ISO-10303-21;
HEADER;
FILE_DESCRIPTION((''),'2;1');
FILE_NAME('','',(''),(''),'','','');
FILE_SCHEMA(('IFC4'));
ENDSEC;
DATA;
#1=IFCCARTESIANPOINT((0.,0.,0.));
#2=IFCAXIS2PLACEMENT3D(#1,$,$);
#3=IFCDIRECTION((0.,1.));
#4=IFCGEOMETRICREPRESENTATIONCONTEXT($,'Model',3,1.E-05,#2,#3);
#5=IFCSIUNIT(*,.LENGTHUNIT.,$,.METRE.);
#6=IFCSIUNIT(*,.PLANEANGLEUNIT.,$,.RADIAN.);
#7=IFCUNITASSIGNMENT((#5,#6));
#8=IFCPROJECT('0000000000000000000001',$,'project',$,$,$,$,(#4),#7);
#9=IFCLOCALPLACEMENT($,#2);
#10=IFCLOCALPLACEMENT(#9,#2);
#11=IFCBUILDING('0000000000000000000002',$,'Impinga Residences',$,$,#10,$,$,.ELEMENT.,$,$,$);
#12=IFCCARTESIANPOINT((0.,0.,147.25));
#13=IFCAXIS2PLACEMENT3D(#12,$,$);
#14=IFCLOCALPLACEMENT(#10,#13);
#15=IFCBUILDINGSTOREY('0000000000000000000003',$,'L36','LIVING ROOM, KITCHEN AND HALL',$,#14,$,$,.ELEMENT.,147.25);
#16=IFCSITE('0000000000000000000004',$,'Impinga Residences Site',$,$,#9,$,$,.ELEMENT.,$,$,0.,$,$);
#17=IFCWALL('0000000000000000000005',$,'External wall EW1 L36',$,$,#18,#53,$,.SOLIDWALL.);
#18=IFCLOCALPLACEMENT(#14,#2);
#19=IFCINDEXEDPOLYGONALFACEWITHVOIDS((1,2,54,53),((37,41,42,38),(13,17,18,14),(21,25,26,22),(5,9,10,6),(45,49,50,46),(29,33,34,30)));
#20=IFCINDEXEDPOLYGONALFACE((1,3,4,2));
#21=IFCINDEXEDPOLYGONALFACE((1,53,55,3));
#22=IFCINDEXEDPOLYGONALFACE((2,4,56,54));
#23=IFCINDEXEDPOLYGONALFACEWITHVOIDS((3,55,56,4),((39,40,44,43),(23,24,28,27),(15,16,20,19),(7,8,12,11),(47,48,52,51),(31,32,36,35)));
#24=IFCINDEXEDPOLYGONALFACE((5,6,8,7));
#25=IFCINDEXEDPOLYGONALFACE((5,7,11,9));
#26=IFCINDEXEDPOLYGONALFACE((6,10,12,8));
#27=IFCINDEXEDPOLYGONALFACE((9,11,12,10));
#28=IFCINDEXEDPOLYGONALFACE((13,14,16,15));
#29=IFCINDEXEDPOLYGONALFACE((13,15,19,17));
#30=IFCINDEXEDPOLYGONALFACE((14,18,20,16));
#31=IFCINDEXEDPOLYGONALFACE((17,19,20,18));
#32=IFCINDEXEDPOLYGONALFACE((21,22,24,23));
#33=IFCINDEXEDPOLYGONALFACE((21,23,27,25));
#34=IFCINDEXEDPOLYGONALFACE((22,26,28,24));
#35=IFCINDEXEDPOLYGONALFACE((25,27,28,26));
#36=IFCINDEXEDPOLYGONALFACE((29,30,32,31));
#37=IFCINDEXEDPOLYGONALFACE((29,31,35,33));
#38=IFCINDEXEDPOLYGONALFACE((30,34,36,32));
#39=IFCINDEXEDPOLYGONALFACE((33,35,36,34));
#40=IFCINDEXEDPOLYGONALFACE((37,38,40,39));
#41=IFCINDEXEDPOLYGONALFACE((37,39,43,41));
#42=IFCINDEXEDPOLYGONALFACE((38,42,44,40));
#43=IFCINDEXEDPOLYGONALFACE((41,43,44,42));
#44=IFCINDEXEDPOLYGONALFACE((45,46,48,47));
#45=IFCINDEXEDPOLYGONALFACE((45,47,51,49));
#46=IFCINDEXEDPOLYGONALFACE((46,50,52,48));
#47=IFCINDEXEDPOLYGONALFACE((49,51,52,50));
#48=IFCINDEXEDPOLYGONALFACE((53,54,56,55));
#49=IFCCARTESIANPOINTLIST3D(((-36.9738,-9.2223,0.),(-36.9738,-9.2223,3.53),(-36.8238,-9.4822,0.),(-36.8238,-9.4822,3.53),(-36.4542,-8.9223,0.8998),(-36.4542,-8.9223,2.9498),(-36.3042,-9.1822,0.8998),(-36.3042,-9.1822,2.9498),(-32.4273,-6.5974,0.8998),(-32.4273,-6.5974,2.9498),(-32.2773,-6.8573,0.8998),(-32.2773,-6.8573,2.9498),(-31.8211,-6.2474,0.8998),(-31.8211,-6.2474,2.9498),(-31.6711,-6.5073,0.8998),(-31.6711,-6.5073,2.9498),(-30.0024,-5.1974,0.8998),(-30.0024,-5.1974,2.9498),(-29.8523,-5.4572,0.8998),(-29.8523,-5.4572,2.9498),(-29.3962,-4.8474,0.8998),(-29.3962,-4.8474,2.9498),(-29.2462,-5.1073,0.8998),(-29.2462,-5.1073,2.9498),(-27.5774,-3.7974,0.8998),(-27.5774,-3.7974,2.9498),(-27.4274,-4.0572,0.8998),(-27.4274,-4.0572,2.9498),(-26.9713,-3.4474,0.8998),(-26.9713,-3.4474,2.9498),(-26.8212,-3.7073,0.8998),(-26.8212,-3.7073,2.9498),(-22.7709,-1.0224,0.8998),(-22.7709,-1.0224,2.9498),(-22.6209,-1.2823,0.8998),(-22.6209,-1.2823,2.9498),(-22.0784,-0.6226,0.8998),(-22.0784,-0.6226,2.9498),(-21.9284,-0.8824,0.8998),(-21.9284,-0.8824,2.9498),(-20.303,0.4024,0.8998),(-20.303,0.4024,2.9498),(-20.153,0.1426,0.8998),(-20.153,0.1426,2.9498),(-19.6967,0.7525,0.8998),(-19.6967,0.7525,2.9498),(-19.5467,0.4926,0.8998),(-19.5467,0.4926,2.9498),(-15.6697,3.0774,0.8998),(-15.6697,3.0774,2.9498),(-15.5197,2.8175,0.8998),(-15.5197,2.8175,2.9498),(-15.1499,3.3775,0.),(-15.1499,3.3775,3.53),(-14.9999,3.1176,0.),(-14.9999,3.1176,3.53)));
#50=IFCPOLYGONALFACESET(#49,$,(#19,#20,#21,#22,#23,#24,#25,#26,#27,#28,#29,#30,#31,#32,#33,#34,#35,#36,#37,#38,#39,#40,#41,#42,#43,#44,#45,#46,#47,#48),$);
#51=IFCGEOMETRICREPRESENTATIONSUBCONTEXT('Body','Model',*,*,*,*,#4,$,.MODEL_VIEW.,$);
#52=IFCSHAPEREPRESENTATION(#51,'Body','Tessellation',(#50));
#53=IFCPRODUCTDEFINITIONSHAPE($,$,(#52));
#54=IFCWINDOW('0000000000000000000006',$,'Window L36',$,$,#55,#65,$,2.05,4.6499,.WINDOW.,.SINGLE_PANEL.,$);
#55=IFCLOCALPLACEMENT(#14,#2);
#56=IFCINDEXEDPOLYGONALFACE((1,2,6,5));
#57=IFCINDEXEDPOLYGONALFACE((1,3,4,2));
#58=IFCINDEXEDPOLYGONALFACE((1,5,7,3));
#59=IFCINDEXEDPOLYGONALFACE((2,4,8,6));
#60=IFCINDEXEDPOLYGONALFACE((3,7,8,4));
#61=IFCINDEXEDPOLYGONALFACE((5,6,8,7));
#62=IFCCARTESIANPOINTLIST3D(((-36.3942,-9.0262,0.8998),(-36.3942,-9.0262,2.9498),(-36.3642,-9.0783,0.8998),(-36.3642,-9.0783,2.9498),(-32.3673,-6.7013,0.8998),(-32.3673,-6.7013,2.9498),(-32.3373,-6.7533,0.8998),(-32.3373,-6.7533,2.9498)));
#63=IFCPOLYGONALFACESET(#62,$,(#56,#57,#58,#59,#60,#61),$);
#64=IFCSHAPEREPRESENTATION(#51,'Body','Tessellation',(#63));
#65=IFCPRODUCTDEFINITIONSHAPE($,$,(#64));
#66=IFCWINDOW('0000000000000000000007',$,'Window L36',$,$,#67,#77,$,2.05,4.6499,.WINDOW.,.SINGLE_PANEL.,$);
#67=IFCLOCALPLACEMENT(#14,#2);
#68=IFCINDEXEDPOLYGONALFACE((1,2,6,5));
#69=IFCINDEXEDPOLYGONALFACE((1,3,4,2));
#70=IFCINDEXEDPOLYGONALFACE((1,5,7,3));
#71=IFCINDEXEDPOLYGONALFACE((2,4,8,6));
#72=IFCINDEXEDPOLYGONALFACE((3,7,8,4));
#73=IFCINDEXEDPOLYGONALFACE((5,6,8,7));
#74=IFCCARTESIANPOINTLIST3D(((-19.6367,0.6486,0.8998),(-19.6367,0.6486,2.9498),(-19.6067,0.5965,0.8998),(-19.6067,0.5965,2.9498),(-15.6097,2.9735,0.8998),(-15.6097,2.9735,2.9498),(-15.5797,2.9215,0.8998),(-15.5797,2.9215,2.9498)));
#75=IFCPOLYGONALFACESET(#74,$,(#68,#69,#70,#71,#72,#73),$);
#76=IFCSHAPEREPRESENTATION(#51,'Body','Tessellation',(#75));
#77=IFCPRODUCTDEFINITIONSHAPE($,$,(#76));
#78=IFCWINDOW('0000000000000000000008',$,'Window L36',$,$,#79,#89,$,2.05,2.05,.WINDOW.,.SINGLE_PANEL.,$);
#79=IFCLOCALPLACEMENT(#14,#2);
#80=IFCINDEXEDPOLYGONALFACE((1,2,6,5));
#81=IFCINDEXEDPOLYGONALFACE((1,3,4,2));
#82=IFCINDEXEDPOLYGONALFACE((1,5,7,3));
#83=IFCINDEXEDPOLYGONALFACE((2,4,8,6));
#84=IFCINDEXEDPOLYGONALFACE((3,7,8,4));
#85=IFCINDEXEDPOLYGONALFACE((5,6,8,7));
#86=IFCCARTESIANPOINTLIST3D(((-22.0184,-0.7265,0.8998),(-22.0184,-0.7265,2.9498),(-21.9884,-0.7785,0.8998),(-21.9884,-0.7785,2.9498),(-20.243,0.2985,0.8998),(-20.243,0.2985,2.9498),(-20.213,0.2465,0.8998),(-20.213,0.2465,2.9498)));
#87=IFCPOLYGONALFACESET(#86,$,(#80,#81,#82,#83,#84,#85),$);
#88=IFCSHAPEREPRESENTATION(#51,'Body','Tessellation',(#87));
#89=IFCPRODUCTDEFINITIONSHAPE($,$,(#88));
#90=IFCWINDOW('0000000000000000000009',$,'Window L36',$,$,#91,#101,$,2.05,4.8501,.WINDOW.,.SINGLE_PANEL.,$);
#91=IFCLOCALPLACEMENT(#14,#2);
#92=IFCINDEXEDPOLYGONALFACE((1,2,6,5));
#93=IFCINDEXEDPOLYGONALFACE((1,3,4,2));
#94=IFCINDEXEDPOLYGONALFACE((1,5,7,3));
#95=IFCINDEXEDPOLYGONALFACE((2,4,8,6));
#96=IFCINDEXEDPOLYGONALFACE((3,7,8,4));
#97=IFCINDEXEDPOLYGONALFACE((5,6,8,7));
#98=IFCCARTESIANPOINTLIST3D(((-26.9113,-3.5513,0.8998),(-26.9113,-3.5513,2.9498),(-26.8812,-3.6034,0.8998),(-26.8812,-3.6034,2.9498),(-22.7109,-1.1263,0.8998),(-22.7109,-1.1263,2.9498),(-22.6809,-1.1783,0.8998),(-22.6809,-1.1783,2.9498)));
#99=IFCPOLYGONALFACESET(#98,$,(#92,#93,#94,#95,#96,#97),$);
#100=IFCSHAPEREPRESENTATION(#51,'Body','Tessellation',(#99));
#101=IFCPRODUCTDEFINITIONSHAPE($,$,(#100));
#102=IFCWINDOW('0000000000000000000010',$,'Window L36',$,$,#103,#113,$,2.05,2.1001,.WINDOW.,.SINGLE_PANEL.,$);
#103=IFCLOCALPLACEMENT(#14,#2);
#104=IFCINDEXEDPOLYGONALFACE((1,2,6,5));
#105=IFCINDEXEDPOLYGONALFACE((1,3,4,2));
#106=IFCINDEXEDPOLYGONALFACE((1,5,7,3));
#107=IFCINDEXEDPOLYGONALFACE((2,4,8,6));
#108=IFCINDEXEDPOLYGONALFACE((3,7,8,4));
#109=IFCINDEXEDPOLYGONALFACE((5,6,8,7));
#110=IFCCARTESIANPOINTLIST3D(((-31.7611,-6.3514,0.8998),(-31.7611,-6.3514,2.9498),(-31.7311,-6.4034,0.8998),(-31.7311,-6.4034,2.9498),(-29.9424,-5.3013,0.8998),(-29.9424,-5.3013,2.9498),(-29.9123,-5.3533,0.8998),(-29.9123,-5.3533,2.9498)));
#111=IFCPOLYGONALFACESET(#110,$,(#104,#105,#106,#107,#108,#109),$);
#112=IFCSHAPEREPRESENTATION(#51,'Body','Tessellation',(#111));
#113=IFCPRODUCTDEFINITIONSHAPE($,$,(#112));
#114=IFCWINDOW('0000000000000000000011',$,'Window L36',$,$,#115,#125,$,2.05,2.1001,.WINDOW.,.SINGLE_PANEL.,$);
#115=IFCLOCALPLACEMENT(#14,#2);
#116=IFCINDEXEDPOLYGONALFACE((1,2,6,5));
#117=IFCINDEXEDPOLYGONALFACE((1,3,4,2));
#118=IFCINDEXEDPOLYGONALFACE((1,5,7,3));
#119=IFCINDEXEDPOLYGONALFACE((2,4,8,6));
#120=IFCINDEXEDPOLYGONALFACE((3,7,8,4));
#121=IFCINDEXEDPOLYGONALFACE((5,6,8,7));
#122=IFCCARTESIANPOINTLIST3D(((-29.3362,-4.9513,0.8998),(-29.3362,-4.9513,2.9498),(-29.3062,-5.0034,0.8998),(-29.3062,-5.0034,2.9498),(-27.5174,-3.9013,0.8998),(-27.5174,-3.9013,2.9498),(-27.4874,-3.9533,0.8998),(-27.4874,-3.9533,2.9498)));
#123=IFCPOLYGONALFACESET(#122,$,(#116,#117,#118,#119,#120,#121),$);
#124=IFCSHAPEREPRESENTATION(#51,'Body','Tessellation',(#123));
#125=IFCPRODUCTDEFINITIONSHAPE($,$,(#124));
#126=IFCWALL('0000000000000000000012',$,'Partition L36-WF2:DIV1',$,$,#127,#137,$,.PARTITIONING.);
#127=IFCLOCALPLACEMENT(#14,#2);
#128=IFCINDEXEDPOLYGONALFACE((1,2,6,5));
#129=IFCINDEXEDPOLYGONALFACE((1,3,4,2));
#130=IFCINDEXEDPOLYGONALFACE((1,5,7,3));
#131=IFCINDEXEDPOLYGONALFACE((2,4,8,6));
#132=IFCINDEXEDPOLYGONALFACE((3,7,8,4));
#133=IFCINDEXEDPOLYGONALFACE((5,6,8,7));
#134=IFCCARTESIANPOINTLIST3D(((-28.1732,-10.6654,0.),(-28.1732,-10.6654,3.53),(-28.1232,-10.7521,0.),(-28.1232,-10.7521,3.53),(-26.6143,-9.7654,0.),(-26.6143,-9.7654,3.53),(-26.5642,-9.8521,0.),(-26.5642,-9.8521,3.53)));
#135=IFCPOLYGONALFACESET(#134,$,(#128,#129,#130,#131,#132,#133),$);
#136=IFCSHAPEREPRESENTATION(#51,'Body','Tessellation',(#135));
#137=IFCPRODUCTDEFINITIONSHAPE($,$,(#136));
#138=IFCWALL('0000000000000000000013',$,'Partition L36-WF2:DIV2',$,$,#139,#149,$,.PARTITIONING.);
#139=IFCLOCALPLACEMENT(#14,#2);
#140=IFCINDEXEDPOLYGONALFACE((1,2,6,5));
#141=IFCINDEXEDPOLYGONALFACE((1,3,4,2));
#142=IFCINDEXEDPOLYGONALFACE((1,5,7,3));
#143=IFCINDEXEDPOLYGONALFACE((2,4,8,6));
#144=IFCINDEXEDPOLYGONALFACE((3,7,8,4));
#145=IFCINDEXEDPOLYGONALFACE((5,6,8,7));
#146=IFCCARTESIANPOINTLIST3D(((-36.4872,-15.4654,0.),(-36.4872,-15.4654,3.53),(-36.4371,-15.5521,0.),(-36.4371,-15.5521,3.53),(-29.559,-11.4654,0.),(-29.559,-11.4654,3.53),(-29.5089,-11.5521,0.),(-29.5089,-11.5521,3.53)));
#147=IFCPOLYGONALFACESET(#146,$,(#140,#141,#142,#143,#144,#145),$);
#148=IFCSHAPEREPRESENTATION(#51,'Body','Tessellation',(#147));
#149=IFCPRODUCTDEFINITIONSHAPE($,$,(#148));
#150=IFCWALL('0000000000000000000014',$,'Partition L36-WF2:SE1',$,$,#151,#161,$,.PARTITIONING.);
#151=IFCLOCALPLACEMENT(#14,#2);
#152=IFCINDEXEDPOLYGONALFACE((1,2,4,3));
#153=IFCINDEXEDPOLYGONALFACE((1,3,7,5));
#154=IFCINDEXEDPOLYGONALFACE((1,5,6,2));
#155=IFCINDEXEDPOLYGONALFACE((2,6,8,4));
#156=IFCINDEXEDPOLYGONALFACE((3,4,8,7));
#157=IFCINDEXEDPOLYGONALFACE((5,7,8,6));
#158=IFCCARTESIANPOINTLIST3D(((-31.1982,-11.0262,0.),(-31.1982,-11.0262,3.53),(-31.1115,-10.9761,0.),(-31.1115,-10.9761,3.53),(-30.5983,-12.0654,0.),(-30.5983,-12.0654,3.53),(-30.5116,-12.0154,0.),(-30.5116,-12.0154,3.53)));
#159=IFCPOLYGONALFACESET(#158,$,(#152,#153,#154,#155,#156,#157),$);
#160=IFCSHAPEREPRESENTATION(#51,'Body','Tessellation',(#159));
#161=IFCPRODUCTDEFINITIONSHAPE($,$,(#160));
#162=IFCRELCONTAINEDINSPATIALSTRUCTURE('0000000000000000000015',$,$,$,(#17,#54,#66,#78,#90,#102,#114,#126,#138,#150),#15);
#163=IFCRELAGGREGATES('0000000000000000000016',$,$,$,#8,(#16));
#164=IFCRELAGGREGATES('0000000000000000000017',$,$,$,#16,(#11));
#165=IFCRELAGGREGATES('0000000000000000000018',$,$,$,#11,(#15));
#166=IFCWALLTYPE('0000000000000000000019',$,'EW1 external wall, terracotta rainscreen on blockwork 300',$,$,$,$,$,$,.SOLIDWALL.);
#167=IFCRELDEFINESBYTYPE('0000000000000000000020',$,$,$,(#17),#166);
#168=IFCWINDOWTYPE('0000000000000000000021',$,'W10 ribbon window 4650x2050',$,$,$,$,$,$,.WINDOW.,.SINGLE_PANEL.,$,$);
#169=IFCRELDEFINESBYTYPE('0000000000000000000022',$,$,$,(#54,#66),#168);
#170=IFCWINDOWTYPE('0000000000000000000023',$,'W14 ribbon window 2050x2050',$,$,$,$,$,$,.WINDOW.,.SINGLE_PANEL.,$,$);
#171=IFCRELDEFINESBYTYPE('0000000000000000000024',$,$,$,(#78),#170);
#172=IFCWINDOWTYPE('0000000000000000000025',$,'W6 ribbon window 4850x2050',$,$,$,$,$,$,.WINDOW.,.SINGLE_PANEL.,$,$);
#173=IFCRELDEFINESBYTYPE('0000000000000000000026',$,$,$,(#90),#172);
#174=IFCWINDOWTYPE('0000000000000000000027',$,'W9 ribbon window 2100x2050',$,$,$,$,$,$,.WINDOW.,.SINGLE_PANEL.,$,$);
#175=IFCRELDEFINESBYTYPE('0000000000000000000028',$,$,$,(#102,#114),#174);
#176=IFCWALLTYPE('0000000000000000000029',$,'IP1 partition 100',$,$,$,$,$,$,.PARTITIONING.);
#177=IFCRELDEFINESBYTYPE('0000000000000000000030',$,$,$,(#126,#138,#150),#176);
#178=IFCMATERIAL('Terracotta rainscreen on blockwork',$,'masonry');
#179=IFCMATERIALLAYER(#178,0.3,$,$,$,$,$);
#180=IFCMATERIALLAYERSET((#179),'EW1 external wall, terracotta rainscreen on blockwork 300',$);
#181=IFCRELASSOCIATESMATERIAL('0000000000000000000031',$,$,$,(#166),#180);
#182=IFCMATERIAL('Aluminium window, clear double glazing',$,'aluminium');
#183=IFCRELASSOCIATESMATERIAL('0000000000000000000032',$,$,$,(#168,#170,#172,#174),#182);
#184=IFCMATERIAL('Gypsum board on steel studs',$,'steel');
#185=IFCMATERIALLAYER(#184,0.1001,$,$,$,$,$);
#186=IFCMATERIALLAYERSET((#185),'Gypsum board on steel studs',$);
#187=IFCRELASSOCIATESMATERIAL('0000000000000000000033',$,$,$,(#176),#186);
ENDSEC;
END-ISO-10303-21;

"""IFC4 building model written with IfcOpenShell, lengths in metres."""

from ifc_helpers import new_model, si_unit, direction, frame, frame_2d, origin, place, context, subcontext, project, spatial, rectangle, extrude, material, layer, layer_set, type_object, element, fill, save


model = new_model("IFC4")

# Units and contexts
model_context = context("Model", 3, precision=1e-05, world=origin(), true_north=direction((0.0, 1.0)))
body_context = subcontext(model_context, "Body", "Model", "MODEL_VIEW")
ifc_project = project(units=[si_unit("LENGTHUNIT", "METRE"), si_unit("PLANEANGLEUNIT", "RADIAN")], contexts=[model_context])

# Site, building, storey
site_placement = place(None, origin())
site = spatial("IfcSite", under=ifc_project, at=site_placement, Name="Impinga Residences Site", CompositionType="ELEMENT", RefElevation=0.0)
building_placement = place(site_placement, origin())
building = spatial("IfcBuilding", under=site, at=building_placement, Name="Impinga Residences", CompositionType="ELEMENT")
storey_placement = place(building_placement, frame((0.0, 0.0, 147.25)))
storey = spatial("IfcBuildingStorey", under=building, at=storey_placement, Name="L36", Description="LIVING ROOM, KITCHEN AND HALL", CompositionType="ELEMENT", Elevation=147.25)

# Shared definitions
ifc_material_1 = material(Name="Terracotta rainscreen on blockwork", Category="masonry")
ifc_layer_1 = layer(ifc_material_1, 0.3)
ifc_layer_set_1 = layer_set([ifc_layer_1], Name="EW1 external wall, terracotta rainscreen on blockwork 300")
wall_type_1 = type_object("IfcWallType", Name="EW1 external wall, terracotta rainscreen on blockwork 300", PredefinedType="SOLIDWALL", material=ifc_layer_set_1)

# Wall, openings, windows
wall_1_placement = place(storey_placement, frame((-36.8989, -9.3523, 0.0), z_axis=(0.0, 0.0, 1.0), x_axis=(0.866029, 0.499993, 0.0)))
wall_1 = element("IfcWall", 1, at=wall_1_placement, inside=storey, type_object=wall_type_1, Name="External wall EW1 L36", PredefinedType="SOLIDWALL", context=body_context, shape_type="SweptSolid", body=[
    extrude(rectangle(XDim=25.2, YDim=0.3, at=frame_2d((12.6001, 0.0))), origin(), (0.0, 0.0, 1.0), 3.53),
])
opening_1_placement = place(wall_1_placement, frame((0.6001, 0.0, 0.8999)))
opening_1 = element("IfcOpeningElement", 2, at=opening_1_placement, cuts=wall_1, PredefinedType="OPENING", context=body_context, shape_type="SweptSolid", body=[
    extrude(rectangle(XDim=4.6499, YDim=2.05, at=frame_2d((2.325, 1.0249))), frame((0.0, 0.1599, 0.0), z_axis=(0.0, -1.0, 0.0), x_axis=(1.0, 0.0, 0.0)), (0.0, 0.0, 1.0), 0.3201),
])
opening_2_placement = place(wall_1_placement, frame((5.95, 0.0, 0.8999)))
opening_2 = element("IfcOpeningElement", 3, at=opening_2_placement, cuts=wall_1, PredefinedType="OPENING", context=body_context, shape_type="SweptSolid", body=[
    extrude(rectangle(XDim=2.1001, YDim=2.05, at=frame_2d((1.05, 1.0249))), frame((0.0, 0.1599, 0.0), z_axis=(0.0, -1.0, 0.0), x_axis=(1.0, 0.0, 0.0)), (0.0, 0.0, 1.0), 0.3201),
])
opening_3_placement = place(wall_1_placement, frame((8.75, 0.0, 0.8999)))
opening_3 = element("IfcOpeningElement", 4, at=opening_3_placement, cuts=wall_1, PredefinedType="OPENING", context=body_context, shape_type="SweptSolid", body=[
    extrude(rectangle(XDim=2.1001, YDim=2.05, at=frame_2d((1.05, 1.0249))), frame((0.0, 0.1599, 0.0), z_axis=(0.0, -1.0, 0.0), x_axis=(1.0, 0.0, 0.0)), (0.0, 0.0, 1.0), 0.3201),
])
opening_4_placement = place(wall_1_placement, frame((11.55, 0.0, 0.8999)))
opening_4 = element("IfcOpeningElement", 5, at=opening_4_placement, cuts=wall_1, PredefinedType="OPENING", context=body_context, shape_type="SweptSolid", body=[
    extrude(rectangle(XDim=4.8501, YDim=2.05, at=frame_2d((2.425, 1.0249))), frame((0.0, 0.1599, 0.0), z_axis=(0.0, -1.0, 0.0), x_axis=(1.0, 0.0, 0.0)), (0.0, 0.0, 1.0), 0.3201),
])
opening_5_placement = place(wall_1_placement, frame((17.2, 0.0, 0.8999)))
opening_5 = element("IfcOpeningElement", 6, at=opening_5_placement, cuts=wall_1, PredefinedType="OPENING", context=body_context, shape_type="SweptSolid", body=[
    extrude(rectangle(XDim=2.05, YDim=2.05, at=frame_2d((1.0249, 1.0249))), frame((0.0, 0.1599, 0.0), z_axis=(0.0, -1.0, 0.0), x_axis=(1.0, 0.0, 0.0)), (0.0, 0.0, 1.0), 0.3201),
])
opening_6_placement = place(wall_1_placement, frame((19.95, 0.0, 0.8999)))
opening_6 = element("IfcOpeningElement", 7, at=opening_6_placement, cuts=wall_1, PredefinedType="OPENING", context=body_context, shape_type="SweptSolid", body=[
    extrude(rectangle(XDim=4.6499, YDim=2.05, at=frame_2d((2.325, 1.0249))), frame((0.0, 0.1599, 0.0), z_axis=(0.0, -1.0, 0.0), x_axis=(1.0, 0.0, 0.0)), (0.0, 0.0, 1.0), 0.3201),
])
ifc_material_2 = material(Name="Aluminium window, clear double glazing", Category="aluminium")
window_type_1 = type_object("IfcWindowType", Name="W10 ribbon window 4650x2050", PartitioningType="SINGLE_PANEL", PredefinedType="WINDOW", material=ifc_material_2)
window_1_placement = place(opening_1_placement, origin())
window_1 = element("IfcWindow", 8, at=window_1_placement, inside=storey, type_object=window_type_1, Name="Window L36", OverallHeight=2.05, OverallWidth=4.6499, PartitioningType="SINGLE_PANEL", PredefinedType="WINDOW", context=body_context, shape_type="SweptSolid", body=[
    extrude(rectangle(XDim=4.6499, YDim=2.05, at=frame_2d((2.325, 1.0249))), frame((0.0, 0.03, 0.0), z_axis=(0.0, -1.0, 0.0), x_axis=(1.0, 0.0, 0.0)), (0.0, 0.0, 1.0), 0.0601),
])
fill(opening_1, window_1)
window_2_placement = place(opening_6_placement, origin())
window_2 = element("IfcWindow", 9, at=window_2_placement, inside=storey, type_object=window_type_1, Name="Window L36", OverallHeight=2.05, OverallWidth=4.6499, PartitioningType="SINGLE_PANEL", PredefinedType="WINDOW", context=body_context, shape_type="SweptSolid", body=[
    extrude(rectangle(XDim=4.6499, YDim=2.05, at=frame_2d((2.325, 1.0249))), frame((0.0, 0.03, 0.0), z_axis=(0.0, -1.0, 0.0), x_axis=(1.0, 0.0, 0.0)), (0.0, 0.0, 1.0), 0.0601),
])
fill(opening_6, window_2)
window_type_2 = type_object("IfcWindowType", Name="W14 ribbon window 2050x2050", PartitioningType="SINGLE_PANEL", PredefinedType="WINDOW", material=ifc_material_2)
window_3_placement = place(opening_5_placement, origin())
window_3 = element("IfcWindow", 10, at=window_3_placement, inside=storey, type_object=window_type_2, Name="Window L36", OverallHeight=2.05, OverallWidth=2.05, PartitioningType="SINGLE_PANEL", PredefinedType="WINDOW", context=body_context, shape_type="SweptSolid", body=[
    extrude(rectangle(XDim=2.05, YDim=2.05, at=frame_2d((1.0249, 1.0249))), frame((0.0, 0.03, 0.0), z_axis=(0.0, -1.0, 0.0), x_axis=(1.0, 0.0, 0.0)), (0.0, 0.0, 1.0), 0.0601),
])
fill(opening_5, window_3)
window_type_3 = type_object("IfcWindowType", Name="W6 ribbon window 4850x2050", PartitioningType="SINGLE_PANEL", PredefinedType="WINDOW", material=ifc_material_2)
window_4_placement = place(opening_4_placement, origin())
window_4 = element("IfcWindow", 11, at=window_4_placement, inside=storey, type_object=window_type_3, Name="Window L36", OverallHeight=2.05, OverallWidth=4.8501, PartitioningType="SINGLE_PANEL", PredefinedType="WINDOW", context=body_context, shape_type="SweptSolid", body=[
    extrude(rectangle(XDim=4.8501, YDim=2.05, at=frame_2d((2.425, 1.0249))), frame((0.0, 0.03, 0.0), z_axis=(0.0, -1.0, 0.0), x_axis=(1.0, 0.0, 0.0)), (0.0, 0.0, 1.0), 0.0601),
])
fill(opening_4, window_4)
window_type_4 = type_object("IfcWindowType", Name="W9 ribbon window 2100x2050", PartitioningType="SINGLE_PANEL", PredefinedType="WINDOW", material=ifc_material_2)
window_5_placement = place(opening_2_placement, origin())
window_5 = element("IfcWindow", 12, at=window_5_placement, inside=storey, type_object=window_type_4, Name="Window L36", OverallHeight=2.05, OverallWidth=2.1001, PartitioningType="SINGLE_PANEL", PredefinedType="WINDOW", context=body_context, shape_type="SweptSolid", body=[
    extrude(rectangle(XDim=2.1001, YDim=2.05, at=frame_2d((1.05, 1.0249))), frame((0.0, 0.03, 0.0), z_axis=(0.0, -1.0, 0.0), x_axis=(1.0, 0.0, 0.0)), (0.0, 0.0, 1.0), 0.0601),
])
fill(opening_2, window_5)
window_6_placement = place(opening_3_placement, origin())
window_6 = element("IfcWindow", 13, at=window_6_placement, inside=storey, type_object=window_type_4, Name="Window L36", OverallHeight=2.05, OverallWidth=2.1001, PartitioningType="SINGLE_PANEL", PredefinedType="WINDOW", context=body_context, shape_type="SweptSolid", body=[
    extrude(rectangle(XDim=2.1001, YDim=2.05, at=frame_2d((1.05, 1.0249))), frame((0.0, 0.03, 0.0), z_axis=(0.0, -1.0, 0.0), x_axis=(1.0, 0.0, 0.0)), (0.0, 0.0, 1.0), 0.0601),
])
fill(opening_3, window_6)

# Walls
ifc_material_3 = material(Name="Gypsum board on steel studs", Category="steel")
ifc_layer_2 = layer(ifc_material_3, 0.1001)
ifc_layer_set_2 = layer_set([ifc_layer_2], Name="Gypsum board on steel studs")
wall_type_2 = type_object("IfcWallType", Name="IP1 partition 100", PredefinedType="PARTITIONING", material=ifc_layer_set_2)
wall_2_placement = place(storey_placement, frame((-26.5894, -9.8088, 0.0), z_axis=(0.0, 0.0, 1.0), x_axis=(-0.866048, -0.499961, 0.0)))
element("IfcWall", 14, at=wall_2_placement, inside=storey, type_object=wall_type_2, Name="Partition L36-WF2:DIV1", PredefinedType="PARTITIONING", context=body_context, shape_type="SweptSolid", body=[
    extrude(rectangle(XDim=1.8, YDim=0.1001, at=frame_2d((0.8999, 0.0))), origin(), (0.0, 0.0, 1.0), 3.53),
])
wall_3_placement = place(storey_placement, frame((-29.5339, -11.5088, 0.0), z_axis=(0.0, 0.0, 1.0), x_axis=(-0.866026, -0.499999, 0.0)))
element("IfcWall", 15, at=wall_3_placement, inside=storey, type_object=wall_type_2, Name="Partition L36-WF2:DIV2", PredefinedType="PARTITIONING", context=body_context, shape_type="SweptSolid", body=[
    extrude(rectangle(XDim=8.0, YDim=0.1001, at=frame_2d((4.0, 0.0))), origin(), (0.0, 0.0, 1.0), 3.53),
])
wall_4_placement = place(storey_placement, frame((-30.5549, -12.0405, 0.0), z_axis=(0.0, 0.0, 1.0), x_axis=(-0.499881, 0.866094, 0.0)))
element("IfcWall", 16, at=wall_4_placement, inside=storey, type_object=wall_type_2, Name="Partition L36-WF2:SE1", PredefinedType="PARTITIONING", context=body_context, shape_type="SweptSolid", body=[
    extrude(rectangle(XDim=1.2, YDim=0.1001, at=frame_2d((0.6001, 0.0))), origin(), (0.0, 0.0, 1.0), 3.53),
])

save(model, "model.ifc")
